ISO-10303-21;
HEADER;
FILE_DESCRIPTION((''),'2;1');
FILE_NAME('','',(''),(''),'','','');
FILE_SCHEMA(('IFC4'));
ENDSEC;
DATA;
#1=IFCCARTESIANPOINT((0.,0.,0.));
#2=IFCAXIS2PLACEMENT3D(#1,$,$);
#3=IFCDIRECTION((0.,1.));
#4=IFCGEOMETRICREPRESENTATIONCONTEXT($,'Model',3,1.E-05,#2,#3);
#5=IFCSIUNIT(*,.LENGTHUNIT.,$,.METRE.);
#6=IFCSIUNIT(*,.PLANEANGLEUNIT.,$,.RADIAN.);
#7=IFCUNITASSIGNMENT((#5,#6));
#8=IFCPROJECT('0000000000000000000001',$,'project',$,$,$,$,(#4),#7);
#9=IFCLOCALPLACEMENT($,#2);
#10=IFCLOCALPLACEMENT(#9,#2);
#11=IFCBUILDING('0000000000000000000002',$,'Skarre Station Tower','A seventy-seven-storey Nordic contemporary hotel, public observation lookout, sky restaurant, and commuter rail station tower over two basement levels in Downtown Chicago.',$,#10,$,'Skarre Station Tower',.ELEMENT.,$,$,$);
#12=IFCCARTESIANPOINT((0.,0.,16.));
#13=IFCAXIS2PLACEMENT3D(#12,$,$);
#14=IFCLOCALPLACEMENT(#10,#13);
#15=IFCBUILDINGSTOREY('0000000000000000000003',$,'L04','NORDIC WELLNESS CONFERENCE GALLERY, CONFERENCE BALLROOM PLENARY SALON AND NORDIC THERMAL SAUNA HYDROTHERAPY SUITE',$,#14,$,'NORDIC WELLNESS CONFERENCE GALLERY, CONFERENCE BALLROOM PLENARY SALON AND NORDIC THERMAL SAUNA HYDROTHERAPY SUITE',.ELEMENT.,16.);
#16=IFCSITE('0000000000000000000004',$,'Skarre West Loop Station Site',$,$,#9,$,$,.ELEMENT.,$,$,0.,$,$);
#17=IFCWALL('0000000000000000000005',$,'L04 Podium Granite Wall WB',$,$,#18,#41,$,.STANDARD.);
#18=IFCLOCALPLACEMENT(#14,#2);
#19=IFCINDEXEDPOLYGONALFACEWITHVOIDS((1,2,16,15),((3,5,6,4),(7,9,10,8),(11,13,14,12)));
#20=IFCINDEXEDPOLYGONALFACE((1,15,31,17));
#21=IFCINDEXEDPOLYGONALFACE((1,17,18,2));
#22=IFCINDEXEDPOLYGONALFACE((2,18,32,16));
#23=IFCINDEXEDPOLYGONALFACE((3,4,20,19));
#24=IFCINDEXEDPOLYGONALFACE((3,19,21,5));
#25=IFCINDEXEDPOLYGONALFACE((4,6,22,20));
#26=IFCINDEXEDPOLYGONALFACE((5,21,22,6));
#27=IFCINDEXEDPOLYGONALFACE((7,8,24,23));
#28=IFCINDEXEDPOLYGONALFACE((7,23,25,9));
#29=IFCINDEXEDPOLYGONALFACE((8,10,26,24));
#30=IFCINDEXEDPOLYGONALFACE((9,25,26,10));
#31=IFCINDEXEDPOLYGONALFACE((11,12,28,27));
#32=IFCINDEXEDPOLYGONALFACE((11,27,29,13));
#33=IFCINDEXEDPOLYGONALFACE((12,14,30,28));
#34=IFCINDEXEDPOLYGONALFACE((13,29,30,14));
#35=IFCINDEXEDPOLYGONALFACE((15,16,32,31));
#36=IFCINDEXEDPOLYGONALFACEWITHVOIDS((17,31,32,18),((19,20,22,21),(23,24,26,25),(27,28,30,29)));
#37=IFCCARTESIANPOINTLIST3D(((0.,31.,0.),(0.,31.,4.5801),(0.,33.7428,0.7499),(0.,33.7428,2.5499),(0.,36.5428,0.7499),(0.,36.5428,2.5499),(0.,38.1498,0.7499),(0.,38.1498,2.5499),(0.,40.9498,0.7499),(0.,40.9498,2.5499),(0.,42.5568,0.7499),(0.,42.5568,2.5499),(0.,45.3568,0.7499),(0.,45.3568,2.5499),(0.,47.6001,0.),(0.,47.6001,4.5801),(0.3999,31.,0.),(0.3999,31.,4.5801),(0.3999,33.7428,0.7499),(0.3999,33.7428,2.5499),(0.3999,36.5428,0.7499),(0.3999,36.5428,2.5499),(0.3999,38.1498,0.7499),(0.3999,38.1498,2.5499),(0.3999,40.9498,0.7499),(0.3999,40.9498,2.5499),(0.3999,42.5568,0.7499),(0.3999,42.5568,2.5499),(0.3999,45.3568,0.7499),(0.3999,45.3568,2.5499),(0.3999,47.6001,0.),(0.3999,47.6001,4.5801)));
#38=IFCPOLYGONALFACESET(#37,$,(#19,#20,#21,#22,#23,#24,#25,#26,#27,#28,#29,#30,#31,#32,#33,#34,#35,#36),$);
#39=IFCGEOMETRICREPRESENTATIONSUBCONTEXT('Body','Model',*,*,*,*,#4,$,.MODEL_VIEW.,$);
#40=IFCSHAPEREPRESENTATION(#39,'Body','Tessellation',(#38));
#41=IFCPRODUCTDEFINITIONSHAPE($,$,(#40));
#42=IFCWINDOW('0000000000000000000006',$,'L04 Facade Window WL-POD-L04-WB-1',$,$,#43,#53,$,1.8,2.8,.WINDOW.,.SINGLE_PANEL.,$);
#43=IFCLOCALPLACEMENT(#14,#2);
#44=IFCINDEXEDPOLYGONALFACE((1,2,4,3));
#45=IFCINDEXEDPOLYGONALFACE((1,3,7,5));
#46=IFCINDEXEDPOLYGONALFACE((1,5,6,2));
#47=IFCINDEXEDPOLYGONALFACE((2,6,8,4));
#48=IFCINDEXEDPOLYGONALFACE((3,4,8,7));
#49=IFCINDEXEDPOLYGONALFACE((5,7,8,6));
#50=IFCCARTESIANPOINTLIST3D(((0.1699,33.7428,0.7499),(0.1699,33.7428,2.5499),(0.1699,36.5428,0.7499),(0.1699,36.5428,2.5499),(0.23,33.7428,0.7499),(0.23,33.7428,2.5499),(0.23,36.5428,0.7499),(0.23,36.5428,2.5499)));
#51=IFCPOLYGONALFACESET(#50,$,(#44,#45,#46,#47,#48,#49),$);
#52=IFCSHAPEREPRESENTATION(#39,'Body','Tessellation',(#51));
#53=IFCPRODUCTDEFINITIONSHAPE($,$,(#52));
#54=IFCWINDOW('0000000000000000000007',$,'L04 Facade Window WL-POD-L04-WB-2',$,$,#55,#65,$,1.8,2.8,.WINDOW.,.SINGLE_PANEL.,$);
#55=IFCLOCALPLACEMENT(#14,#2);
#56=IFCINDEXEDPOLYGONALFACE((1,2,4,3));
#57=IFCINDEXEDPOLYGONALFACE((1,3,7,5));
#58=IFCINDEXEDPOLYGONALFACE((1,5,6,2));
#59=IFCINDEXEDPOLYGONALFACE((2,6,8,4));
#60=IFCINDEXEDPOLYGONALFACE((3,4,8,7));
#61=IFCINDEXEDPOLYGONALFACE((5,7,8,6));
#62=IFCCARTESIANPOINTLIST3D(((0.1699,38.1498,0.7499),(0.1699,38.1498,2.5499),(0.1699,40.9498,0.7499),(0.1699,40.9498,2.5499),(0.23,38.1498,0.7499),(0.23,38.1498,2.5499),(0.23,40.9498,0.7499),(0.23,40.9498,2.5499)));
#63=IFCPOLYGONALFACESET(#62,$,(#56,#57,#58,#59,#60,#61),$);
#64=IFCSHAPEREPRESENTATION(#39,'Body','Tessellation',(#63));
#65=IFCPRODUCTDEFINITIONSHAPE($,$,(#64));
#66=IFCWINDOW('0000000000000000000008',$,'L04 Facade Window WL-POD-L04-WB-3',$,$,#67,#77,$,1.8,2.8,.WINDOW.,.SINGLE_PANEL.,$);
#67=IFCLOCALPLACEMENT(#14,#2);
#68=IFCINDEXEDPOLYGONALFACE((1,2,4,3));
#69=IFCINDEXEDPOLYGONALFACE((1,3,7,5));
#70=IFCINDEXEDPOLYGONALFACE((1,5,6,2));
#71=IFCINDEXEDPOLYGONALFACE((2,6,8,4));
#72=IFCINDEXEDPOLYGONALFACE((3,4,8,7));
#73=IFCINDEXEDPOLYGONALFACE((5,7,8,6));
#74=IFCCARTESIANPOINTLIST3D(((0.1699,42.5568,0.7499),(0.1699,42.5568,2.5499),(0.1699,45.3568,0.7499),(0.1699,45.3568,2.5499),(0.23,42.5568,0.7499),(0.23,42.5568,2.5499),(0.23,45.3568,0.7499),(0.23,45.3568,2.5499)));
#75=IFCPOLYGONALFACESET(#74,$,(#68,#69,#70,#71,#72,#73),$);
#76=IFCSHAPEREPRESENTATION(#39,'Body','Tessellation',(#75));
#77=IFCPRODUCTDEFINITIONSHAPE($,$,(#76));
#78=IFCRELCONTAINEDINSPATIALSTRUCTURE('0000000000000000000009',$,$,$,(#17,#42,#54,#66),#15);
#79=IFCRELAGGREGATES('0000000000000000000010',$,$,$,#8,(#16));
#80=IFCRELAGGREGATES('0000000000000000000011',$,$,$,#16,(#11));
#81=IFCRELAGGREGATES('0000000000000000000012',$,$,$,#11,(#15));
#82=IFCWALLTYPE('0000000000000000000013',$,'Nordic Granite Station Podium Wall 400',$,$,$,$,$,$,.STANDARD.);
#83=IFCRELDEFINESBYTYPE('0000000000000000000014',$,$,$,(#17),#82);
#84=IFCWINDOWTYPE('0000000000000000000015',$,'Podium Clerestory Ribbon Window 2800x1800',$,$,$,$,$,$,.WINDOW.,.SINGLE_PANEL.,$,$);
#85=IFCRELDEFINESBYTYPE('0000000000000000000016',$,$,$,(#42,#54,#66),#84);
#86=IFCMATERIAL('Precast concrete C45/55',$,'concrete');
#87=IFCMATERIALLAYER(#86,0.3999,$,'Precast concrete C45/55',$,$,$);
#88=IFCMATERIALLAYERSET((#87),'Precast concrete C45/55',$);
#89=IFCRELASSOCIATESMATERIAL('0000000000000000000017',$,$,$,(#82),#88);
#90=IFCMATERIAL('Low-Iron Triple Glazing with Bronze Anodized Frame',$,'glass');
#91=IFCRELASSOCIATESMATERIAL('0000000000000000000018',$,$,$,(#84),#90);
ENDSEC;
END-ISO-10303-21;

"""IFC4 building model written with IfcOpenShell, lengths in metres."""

from ifc_helpers import new_model, si_unit, direction, frame, frame_2d, origin, place, context, subcontext, project, spatial, rectangle, extrude, material, layer, layer_set, type_object, element, fill, save


model = new_model("IFC4")

# Units and contexts
model_context = context("Model", 3, precision=1e-05, world=origin(), true_north=direction((0.0, 1.0)))
body_context = subcontext(model_context, "Body", "Model", "MODEL_VIEW")
ifc_project = project(units=[si_unit("LENGTHUNIT", "METRE"), si_unit("PLANEANGLEUNIT", "RADIAN")], contexts=[model_context])

# Site, building, storey
site_placement = place(None, origin())
site = spatial("IfcSite", under=ifc_project, at=site_placement, Name="Skarre West Loop Station Site", CompositionType="ELEMENT", RefElevation=0.0)
building_placement = place(site_placement, origin())
building = spatial("IfcBuilding", under=site, at=building_placement, Name="Skarre Station Tower", Description="A seventy-seven-storey Nordic contemporary hotel, public observation lookout, sky restaurant, and commuter rail station tower over two basement levels in Downtown Chicago.", LongName="Skarre Station Tower", CompositionType="ELEMENT")
storey_placement = place(building_placement, frame((0.0, 0.0, 16.0)))
storey = spatial("IfcBuildingStorey", under=building, at=storey_placement, Name="L04", Description="NORDIC WELLNESS CONFERENCE GALLERY, CONFERENCE BALLROOM PLENARY SALON AND NORDIC THERMAL SAUNA HYDROTHERAPY SUITE", LongName="NORDIC WELLNESS CONFERENCE GALLERY, CONFERENCE BALLROOM PLENARY SALON AND NORDIC THERMAL SAUNA HYDROTHERAPY SUITE", CompositionType="ELEMENT", Elevation=16.0)

# Wall, openings, windows
ifc_material_1 = material(Name="Precast concrete C45/55", Category="concrete")
ifc_layer_1 = layer(ifc_material_1, 0.3999, Name="Precast concrete C45/55")
ifc_layer_set_1 = layer_set([ifc_layer_1], Name="Precast concrete C45/55")
wall_type = type_object("IfcWallType", Name="Nordic Granite Station Podium Wall 400", PredefinedType="STANDARD", material=ifc_layer_set_1)
ifc_material_2 = material(Name="Low-Iron Triple Glazing with Bronze Anodized Frame", Category="glass")
window_type_1 = type_object("IfcWindowType", Name="Podium Clerestory Ribbon Window 2800x1800", PartitioningType="SINGLE_PANEL", PredefinedType="WINDOW", material=ifc_material_2)
wall_1_placement = place(storey_placement, frame((0.2, 31.0, 0.0), z_axis=(0.0, 0.0, 1.0), x_axis=(0.0, 1.0, 0.0)))
wall_1 = element("IfcWall", 1, at=wall_1_placement, inside=storey, type_object=wall_type, Name="L04 Podium Granite Wall WB", PredefinedType="STANDARD", context=body_context, shape_type="SweptSolid", body=[
    extrude(rectangle(XDim=16.6001, YDim=0.3999, at=frame_2d((8.3, 0.0))), origin(), (0.0, 0.0, 1.0), 4.5801),
])
opening_1_placement = place(wall_1_placement, frame((2.7429, 0.0, 0.75)))
opening_1 = element("IfcOpeningElement", 2, at=opening_1_placement, cuts=wall_1, PredefinedType="OPENING", context=body_context, shape_type="SweptSolid", body=[
    extrude(rectangle(XDim=2.8, YDim=1.8, at=frame_2d((1.3999, 0.8999))), frame((0.0, 0.21, 0.0), z_axis=(0.0, -1.0, 0.0), x_axis=(1.0, 0.0, 0.0)), (0.0, 0.0, 1.0), 0.4199),
])
opening_2_placement = place(wall_1_placement, frame((7.1499, 0.0, 0.75)))
opening_2 = element("IfcOpeningElement", 3, at=opening_2_placement, cuts=wall_1, PredefinedType="OPENING", context=body_context, shape_type="SweptSolid", body=[
    extrude(rectangle(XDim=2.8, YDim=1.8, at=frame_2d((1.3999, 0.8999))), frame((0.0, 0.21, 0.0), z_axis=(0.0, -1.0, 0.0), x_axis=(1.0, 0.0, 0.0)), (0.0, 0.0, 1.0), 0.4199),
])
opening_3_placement = place(wall_1_placement, frame((11.5569, 0.0, 0.75)))
opening_3 = element("IfcOpeningElement", 4, at=opening_3_placement, cuts=wall_1, PredefinedType="OPENING", context=body_context, shape_type="SweptSolid", body=[
    extrude(rectangle(XDim=2.8, YDim=1.8, at=frame_2d((1.3999, 0.8999))), frame((0.0, 0.21, 0.0), z_axis=(0.0, -1.0, 0.0), x_axis=(1.0, 0.0, 0.0)), (0.0, 0.0, 1.0), 0.4199),
])
window_1_placement = place(opening_1_placement, origin())
window_1 = element("IfcWindow", 5, at=window_1_placement, inside=storey, type_object=window_type_1, Name="L04 Facade Window WL-POD-L04-WB-1", OverallHeight=1.8, OverallWidth=2.8, PartitioningType="SINGLE_PANEL", PredefinedType="WINDOW", context=body_context, shape_type="SweptSolid", body=[
    extrude(rectangle(XDim=2.8, YDim=1.8, at=frame_2d((1.3999, 0.8999))), frame((0.0, 0.03, 0.0), z_axis=(0.0, -1.0, 0.0), x_axis=(1.0, 0.0, 0.0)), (0.0, 0.0, 1.0), 0.0601),
])
fill(opening_1, window_1)
window_2_placement = place(opening_2_placement, origin())
window_2 = element("IfcWindow", 6, at=window_2_placement, inside=storey, type_object=window_type_1, Name="L04 Facade Window WL-POD-L04-WB-2", OverallHeight=1.8, OverallWidth=2.8, PartitioningType="SINGLE_PANEL", PredefinedType="WINDOW", context=body_context, shape_type="SweptSolid", body=[
    extrude(rectangle(XDim=2.8, YDim=1.8, at=frame_2d((1.3999, 0.8999))), frame((0.0, 0.03, 0.0), z_axis=(0.0, -1.0, 0.0), x_axis=(1.0, 0.0, 0.0)), (0.0, 0.0, 1.0), 0.0601),
])
fill(opening_2, window_2)
window_3_placement = place(opening_3_placement, origin())
window_3 = element("IfcWindow", 7, at=window_3_placement, inside=storey, type_object=window_type_1, Name="L04 Facade Window WL-POD-L04-WB-3", OverallHeight=1.8, OverallWidth=2.8, PartitioningType="SINGLE_PANEL", PredefinedType="WINDOW", context=body_context, shape_type="SweptSolid", body=[
    extrude(rectangle(XDim=2.8, YDim=1.8, at=frame_2d((1.3999, 0.8999))), frame((0.0, 0.03, 0.0), z_axis=(0.0, -1.0, 0.0), x_axis=(1.0, 0.0, 0.0)), (0.0, 0.0, 1.0), 0.0601),
])
fill(opening_3, window_3)

save(model, "model.ifc")
